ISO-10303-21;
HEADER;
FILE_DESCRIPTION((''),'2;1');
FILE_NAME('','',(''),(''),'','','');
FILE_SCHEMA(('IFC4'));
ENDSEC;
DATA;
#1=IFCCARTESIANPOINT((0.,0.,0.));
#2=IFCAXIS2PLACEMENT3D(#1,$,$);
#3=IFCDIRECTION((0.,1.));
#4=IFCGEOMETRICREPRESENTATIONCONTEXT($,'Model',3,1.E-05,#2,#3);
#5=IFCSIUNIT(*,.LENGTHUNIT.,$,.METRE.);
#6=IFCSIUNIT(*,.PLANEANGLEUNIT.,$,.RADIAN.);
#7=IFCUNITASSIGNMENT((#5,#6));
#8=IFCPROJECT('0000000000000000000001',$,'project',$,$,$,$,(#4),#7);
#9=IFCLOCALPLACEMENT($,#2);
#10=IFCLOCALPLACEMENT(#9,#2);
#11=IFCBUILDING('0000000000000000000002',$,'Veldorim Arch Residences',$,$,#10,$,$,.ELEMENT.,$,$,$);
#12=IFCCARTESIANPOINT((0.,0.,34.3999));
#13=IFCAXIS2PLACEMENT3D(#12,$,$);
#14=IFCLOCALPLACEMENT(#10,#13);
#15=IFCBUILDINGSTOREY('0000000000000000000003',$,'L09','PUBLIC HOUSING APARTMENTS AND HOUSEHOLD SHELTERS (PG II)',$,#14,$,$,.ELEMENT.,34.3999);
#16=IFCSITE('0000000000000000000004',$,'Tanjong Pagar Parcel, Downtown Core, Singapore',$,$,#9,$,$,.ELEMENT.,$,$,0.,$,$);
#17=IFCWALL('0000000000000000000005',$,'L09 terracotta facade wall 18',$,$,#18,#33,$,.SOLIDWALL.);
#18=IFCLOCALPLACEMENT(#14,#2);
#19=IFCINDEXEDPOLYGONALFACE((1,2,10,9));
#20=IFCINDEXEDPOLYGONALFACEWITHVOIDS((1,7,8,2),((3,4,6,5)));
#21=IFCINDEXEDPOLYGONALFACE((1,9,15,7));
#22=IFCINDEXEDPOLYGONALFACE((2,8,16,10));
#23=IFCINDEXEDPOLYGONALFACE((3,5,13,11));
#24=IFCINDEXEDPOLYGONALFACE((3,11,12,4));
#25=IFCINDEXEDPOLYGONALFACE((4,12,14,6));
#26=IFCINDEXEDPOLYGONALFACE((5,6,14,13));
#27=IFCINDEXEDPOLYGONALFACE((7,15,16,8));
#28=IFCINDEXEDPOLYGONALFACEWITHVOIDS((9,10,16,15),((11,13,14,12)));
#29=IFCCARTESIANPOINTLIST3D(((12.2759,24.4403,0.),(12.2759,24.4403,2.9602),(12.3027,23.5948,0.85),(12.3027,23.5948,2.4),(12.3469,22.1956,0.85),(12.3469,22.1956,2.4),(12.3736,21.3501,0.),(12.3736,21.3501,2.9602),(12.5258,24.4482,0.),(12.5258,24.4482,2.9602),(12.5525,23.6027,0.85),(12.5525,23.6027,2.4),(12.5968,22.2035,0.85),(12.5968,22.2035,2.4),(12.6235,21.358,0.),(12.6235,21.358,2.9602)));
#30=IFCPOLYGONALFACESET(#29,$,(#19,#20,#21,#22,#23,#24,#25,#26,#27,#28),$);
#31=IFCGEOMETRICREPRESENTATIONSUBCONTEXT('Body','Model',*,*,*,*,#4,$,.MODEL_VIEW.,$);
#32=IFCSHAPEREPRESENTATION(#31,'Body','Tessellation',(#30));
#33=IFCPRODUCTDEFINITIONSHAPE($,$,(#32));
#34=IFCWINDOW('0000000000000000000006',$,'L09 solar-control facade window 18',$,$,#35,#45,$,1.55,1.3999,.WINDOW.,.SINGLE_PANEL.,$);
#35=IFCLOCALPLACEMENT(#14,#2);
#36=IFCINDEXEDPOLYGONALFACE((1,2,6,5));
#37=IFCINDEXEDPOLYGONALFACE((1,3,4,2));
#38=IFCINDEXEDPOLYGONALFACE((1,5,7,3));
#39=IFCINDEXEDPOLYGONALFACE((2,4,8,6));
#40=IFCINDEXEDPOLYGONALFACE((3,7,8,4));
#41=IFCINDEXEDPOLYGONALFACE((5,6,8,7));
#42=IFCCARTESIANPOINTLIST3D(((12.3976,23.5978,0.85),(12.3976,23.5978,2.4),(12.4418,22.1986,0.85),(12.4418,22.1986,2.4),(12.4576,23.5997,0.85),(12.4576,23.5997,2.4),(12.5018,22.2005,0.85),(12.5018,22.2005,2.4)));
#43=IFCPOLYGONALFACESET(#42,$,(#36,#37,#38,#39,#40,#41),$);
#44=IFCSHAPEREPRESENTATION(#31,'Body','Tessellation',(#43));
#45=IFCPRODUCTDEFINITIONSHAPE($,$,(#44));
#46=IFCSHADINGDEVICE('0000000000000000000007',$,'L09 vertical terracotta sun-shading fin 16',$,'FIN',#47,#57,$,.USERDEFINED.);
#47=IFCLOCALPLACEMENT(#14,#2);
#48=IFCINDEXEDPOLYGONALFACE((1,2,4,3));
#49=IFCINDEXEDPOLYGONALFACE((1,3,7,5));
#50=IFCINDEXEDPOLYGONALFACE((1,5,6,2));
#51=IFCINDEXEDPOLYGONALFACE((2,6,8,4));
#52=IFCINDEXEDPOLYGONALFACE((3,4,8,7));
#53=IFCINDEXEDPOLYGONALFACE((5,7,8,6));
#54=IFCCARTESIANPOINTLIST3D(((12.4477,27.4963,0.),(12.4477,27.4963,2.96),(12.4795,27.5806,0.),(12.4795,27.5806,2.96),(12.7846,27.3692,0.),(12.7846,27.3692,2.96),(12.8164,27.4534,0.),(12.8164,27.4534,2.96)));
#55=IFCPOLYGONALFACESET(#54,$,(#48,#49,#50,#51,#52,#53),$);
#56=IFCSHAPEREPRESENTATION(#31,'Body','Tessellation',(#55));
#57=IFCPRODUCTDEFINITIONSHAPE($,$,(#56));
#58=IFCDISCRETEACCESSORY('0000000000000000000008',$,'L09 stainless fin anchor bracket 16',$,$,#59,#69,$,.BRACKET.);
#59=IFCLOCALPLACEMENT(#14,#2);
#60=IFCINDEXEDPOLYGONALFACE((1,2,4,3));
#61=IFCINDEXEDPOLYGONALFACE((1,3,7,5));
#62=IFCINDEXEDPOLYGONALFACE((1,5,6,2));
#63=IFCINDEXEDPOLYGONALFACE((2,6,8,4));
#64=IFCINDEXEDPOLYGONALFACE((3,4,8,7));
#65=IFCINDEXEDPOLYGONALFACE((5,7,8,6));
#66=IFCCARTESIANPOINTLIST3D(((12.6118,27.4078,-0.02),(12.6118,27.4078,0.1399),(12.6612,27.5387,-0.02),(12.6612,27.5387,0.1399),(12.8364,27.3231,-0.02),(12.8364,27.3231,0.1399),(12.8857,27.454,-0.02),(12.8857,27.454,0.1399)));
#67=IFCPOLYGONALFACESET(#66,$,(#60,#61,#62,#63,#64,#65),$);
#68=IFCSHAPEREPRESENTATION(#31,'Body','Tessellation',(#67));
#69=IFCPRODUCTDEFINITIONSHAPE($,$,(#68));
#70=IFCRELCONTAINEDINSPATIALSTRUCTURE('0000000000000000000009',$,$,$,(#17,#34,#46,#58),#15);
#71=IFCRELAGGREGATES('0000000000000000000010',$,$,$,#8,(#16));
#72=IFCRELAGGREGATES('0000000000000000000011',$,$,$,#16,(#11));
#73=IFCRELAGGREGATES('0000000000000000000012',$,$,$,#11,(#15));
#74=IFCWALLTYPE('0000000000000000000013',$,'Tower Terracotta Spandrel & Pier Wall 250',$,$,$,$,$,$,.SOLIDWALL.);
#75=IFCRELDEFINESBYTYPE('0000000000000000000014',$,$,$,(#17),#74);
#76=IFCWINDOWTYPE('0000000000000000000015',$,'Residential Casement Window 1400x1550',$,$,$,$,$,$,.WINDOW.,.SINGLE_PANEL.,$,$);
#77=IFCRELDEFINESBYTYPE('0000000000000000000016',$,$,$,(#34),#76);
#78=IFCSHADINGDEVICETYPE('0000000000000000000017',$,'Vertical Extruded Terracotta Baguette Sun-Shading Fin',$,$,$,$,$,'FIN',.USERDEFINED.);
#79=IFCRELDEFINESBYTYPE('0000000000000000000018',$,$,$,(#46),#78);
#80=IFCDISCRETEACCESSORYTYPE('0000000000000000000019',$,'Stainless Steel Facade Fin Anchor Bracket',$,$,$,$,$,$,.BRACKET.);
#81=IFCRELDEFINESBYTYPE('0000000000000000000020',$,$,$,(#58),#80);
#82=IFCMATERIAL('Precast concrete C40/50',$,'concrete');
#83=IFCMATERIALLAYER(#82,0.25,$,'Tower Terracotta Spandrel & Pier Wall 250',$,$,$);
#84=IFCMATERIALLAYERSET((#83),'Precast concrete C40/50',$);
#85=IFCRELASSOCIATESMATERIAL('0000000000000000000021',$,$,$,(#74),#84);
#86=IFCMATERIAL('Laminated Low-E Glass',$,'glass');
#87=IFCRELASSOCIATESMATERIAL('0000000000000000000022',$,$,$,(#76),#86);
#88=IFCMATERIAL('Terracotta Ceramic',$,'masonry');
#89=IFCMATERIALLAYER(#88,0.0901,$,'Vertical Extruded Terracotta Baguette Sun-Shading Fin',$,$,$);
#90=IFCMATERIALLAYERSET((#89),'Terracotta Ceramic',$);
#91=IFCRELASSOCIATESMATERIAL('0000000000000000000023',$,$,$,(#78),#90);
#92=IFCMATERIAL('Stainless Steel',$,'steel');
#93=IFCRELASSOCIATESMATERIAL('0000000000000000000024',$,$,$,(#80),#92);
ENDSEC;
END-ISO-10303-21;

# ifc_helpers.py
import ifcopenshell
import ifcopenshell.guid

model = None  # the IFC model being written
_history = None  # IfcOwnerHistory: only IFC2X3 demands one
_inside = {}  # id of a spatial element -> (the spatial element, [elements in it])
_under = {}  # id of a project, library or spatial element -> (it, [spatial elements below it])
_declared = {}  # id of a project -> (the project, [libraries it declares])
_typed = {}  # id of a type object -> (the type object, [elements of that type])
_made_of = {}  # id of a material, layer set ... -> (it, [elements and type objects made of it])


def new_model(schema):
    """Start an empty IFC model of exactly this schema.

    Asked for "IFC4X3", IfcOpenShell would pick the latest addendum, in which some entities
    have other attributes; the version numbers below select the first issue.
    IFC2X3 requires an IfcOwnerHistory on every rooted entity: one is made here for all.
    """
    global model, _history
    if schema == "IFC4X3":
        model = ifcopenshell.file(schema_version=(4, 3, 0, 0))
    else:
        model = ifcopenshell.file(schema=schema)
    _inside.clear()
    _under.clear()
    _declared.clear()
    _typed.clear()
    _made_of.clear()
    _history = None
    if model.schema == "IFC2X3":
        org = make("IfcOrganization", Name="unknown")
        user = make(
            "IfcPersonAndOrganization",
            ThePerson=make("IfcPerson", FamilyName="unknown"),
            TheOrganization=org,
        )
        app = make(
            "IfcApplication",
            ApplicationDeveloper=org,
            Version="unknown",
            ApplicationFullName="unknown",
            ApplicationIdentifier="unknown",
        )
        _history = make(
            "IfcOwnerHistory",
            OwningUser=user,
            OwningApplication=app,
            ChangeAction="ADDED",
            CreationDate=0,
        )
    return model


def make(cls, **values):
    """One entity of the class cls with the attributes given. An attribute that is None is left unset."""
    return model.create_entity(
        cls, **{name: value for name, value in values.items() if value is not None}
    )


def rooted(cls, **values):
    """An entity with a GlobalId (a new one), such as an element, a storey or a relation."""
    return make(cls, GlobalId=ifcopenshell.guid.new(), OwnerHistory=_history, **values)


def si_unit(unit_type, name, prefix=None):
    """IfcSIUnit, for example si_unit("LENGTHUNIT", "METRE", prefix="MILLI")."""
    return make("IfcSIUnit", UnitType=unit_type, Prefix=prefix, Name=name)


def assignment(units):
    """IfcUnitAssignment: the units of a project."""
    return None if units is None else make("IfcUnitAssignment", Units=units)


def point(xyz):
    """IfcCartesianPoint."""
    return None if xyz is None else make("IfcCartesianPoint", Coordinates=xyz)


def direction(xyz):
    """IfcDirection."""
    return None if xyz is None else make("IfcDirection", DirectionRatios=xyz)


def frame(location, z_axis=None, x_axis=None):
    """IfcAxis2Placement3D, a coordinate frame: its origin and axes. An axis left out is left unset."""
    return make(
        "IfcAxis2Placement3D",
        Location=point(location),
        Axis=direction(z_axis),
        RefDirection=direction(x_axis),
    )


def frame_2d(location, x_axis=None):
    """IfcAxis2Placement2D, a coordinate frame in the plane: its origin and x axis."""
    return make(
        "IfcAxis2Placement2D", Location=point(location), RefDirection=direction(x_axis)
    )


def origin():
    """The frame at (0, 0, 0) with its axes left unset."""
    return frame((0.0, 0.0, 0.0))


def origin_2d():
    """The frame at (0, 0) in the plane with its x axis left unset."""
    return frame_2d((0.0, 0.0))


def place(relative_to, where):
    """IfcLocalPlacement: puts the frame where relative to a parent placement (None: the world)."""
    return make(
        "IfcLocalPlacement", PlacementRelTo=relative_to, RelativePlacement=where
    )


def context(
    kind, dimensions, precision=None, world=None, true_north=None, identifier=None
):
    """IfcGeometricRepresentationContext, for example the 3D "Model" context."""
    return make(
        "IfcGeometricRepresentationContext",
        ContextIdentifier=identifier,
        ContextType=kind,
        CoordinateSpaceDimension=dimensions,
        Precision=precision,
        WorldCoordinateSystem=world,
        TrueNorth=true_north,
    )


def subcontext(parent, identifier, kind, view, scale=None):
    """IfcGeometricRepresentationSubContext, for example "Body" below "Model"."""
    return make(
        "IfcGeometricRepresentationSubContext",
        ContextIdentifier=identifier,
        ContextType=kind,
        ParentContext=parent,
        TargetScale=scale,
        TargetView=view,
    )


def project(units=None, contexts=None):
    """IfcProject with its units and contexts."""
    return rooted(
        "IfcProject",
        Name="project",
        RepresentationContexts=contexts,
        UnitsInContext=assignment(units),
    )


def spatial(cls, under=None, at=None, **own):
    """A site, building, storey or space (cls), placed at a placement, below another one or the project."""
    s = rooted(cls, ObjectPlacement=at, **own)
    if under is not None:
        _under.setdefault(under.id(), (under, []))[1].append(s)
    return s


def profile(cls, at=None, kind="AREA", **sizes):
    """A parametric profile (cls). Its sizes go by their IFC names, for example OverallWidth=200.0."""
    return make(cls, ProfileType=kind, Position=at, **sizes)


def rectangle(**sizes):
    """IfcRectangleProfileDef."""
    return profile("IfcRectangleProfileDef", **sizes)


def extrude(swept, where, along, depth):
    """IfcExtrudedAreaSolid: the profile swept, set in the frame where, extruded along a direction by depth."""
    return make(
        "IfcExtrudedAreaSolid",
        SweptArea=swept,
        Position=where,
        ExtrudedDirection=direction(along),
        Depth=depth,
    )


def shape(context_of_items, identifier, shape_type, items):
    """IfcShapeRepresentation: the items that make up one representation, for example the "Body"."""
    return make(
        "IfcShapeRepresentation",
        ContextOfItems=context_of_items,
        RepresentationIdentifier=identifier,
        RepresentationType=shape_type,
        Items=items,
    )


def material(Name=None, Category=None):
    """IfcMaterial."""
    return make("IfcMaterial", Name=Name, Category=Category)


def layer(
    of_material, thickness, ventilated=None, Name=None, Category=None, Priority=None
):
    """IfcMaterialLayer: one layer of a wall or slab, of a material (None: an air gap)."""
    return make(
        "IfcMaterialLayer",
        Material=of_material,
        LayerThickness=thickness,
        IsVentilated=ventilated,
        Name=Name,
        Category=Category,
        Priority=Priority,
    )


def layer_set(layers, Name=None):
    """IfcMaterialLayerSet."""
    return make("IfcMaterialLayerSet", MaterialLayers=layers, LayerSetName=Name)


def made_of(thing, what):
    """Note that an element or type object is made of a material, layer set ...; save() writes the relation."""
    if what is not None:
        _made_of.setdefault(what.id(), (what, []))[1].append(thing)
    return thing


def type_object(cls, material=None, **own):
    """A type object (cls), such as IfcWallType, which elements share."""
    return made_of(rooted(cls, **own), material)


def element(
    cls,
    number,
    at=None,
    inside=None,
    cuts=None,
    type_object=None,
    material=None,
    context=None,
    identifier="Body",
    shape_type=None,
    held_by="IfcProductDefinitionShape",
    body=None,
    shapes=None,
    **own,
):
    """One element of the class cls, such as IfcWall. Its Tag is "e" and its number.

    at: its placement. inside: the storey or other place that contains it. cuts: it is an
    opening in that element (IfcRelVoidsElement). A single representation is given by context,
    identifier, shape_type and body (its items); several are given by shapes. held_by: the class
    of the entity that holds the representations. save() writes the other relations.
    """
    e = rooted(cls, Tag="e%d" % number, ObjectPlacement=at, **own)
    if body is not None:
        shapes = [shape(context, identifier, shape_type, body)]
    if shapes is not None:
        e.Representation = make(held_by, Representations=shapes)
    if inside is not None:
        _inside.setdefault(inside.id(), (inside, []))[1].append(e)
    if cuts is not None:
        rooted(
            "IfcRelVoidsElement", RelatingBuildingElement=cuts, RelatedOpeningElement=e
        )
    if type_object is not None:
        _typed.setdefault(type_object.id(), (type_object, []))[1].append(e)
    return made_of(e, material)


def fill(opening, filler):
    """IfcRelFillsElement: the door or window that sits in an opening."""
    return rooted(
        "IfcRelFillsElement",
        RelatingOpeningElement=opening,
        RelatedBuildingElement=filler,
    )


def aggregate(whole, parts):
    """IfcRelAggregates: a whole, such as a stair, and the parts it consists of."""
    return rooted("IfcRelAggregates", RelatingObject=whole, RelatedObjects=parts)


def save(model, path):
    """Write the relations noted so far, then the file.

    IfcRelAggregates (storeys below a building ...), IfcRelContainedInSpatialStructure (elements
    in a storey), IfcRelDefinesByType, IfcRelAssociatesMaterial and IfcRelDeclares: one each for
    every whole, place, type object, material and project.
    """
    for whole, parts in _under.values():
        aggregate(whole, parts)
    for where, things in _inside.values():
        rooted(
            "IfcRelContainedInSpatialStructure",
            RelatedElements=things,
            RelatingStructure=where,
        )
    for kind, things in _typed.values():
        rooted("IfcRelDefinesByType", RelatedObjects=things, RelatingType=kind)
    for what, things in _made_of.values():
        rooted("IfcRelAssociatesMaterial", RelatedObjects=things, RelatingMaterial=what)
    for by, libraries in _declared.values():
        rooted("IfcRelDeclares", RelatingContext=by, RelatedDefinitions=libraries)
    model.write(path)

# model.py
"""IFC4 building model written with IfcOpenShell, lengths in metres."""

from ifc_helpers import new_model, si_unit, direction, frame, frame_2d, origin, origin_2d, place, context, subcontext, project, spatial, rectangle, extrude, material, layer, layer_set, type_object, element, fill, save


model = new_model("IFC4")

# Units and contexts
model_context = context("Model", 3, precision=1e-05, world=origin(), true_north=direction((0.0, 1.0)))
body_context = subcontext(model_context, "Body", "Model", "MODEL_VIEW")
ifc_project = project(units=[si_unit("LENGTHUNIT", "METRE"), si_unit("PLANEANGLEUNIT", "RADIAN")], contexts=[model_context])

# Site, building, storey
site_placement = place(None, origin())
site = spatial("IfcSite", under=ifc_project, at=site_placement, Name="Tanjong Pagar Parcel, Downtown Core, Singapore", CompositionType="ELEMENT", RefElevation=0.0)
building_placement = place(site_placement, origin())
building = spatial("IfcBuilding", under=site, at=building_placement, Name="Veldorim Arch Residences", CompositionType="ELEMENT")
storey_placement = place(building_placement, frame((0.0, 0.0, 34.3999)))
storey = spatial("IfcBuildingStorey", under=building, at=storey_placement, Name="L09", Description="PUBLIC HOUSING APARTMENTS AND HOUSEHOLD SHELTERS (PG II)", CompositionType="ELEMENT", Elevation=34.3999)

# Shared definitions
ifc_material_1 = material(Name="Precast concrete C40/50", Category="concrete")
ifc_layer_1 = layer(ifc_material_1, 0.25, Name="Tower Terracotta Spandrel & Pier Wall 250")
ifc_layer_set_1 = layer_set([ifc_layer_1], Name="Precast concrete C40/50")
wall_type_1 = type_object("IfcWallType", Name="Tower Terracotta Spandrel & Pier Wall 250", PredefinedType="SOLIDWALL", material=ifc_layer_set_1)

# Wall, opening, window
wall_1_placement = place(storey_placement, frame((12.4985, 21.354, 0.0), z_axis=(0.0, 0.0, 1.0), x_axis=(-0.031585, 0.999501, 0.0)))
wall_1 = element("IfcWall", 1, at=wall_1_placement, inside=storey, type_object=wall_type_1, Name="L09 terracotta facade wall 18", PredefinedType="SOLIDWALL", context=body_context, shape_type="SweptSolid", body=[
    extrude(rectangle(XDim=3.0918, YDim=0.25, at=frame_2d((1.5459, 0.0))), origin(), (0.0, 0.0, 1.0), 2.9602),
])
opening_placement = place(wall_1_placement, frame((0.8459, 0.0, 0.8501)))
opening = element("IfcOpeningElement", 2, at=opening_placement, cuts=wall_1, PredefinedType="OPENING", context=body_context, shape_type="SweptSolid", body=[
    extrude(rectangle(XDim=1.3999, YDim=1.55, at=frame_2d((0.7, 0.7749))), frame((0.0, 0.135, 0.0), z_axis=(0.0, -1.0, 0.0), x_axis=(1.0, 0.0, 0.0)), (0.0, 0.0, 1.0), 0.27),
])
ifc_material_2 = material(Name="Laminated Low-E Glass", Category="glass")
window_type = type_object("IfcWindowType", Name="Residential Casement Window 1400x1550", PartitioningType="SINGLE_PANEL", PredefinedType="WINDOW", material=ifc_material_2)
window_placement = place(opening_placement, origin())
window = element("IfcWindow", 3, at=window_placement, inside=storey, type_object=window_type, Name="L09 solar-control facade window 18", OverallHeight=1.55, OverallWidth=1.3999, PartitioningType="SINGLE_PANEL", PredefinedType="WINDOW", context=body_context, shape_type="SweptSolid", body=[
    extrude(rectangle(XDim=1.3999, YDim=1.55, at=frame_2d((0.7, 0.7749))), frame((0.0, 0.03, 0.0), z_axis=(0.0, -1.0, 0.0), x_axis=(1.0, 0.0, 0.0)), (0.0, 0.0, 1.0), 0.0601),
])
fill(opening, window)

# Shading device
ifc_material_3 = material(Name="Terracotta Ceramic", Category="masonry")
ifc_layer_2 = layer(ifc_material_3, 0.0901, Name="Vertical Extruded Terracotta Baguette Sun-Shading Fin")
ifc_layer_set_2 = layer_set([ifc_layer_2], Name="Terracotta Ceramic")
shading_device_type = type_object("IfcShadingDeviceType", Name="Vertical Extruded Terracotta Baguette Sun-Shading Fin", ElementType="FIN", PredefinedType="USERDEFINED", material=ifc_layer_set_2)
shading_device_placement = place(storey_placement, frame((12.6321, 27.4749, 0.0), z_axis=(0.0, 0.0, 1.0), x_axis=(0.352985, 0.935629, 0.0)))
element("IfcShadingDevice", 4, at=shading_device_placement, inside=storey, type_object=shading_device_type, Name="L09 vertical terracotta sun-shading fin 16", ObjectType="FIN", PredefinedType="USERDEFINED", context=body_context, shape_type="SweptSolid", body=[
    extrude(rectangle(XDim=0.0901, YDim=0.3601, at=origin_2d()), origin(), (0.0, 0.0, 1.0), 2.96),
])

# Discrete accessory
ifc_material_4 = material(Name="Stainless Steel", Category="steel")
discrete_accessory_type = type_object("IfcDiscreteAccessoryType", Name="Stainless Steel Facade Fin Anchor Bracket", PredefinedType="BRACKET", material=ifc_material_4)
discrete_accessory_placement = place(storey_placement, frame((12.7488, 27.4309, -0.02), z_axis=(0.0, 0.0, 1.0), x_axis=(0.352985, 0.935629, 0.0)))
element("IfcDiscreteAccessory", 5, at=discrete_accessory_placement, inside=storey, type_object=discrete_accessory_type, Name="L09 stainless fin anchor bracket 16", PredefinedType="BRACKET", context=body_context, shape_type="SweptSolid", body=[
    extrude(rectangle(XDim=0.1399, YDim=0.24, at=origin_2d()), origin(), (0.0, 0.0, 1.0), 0.1599),
])

save(model, "model.ifc")
